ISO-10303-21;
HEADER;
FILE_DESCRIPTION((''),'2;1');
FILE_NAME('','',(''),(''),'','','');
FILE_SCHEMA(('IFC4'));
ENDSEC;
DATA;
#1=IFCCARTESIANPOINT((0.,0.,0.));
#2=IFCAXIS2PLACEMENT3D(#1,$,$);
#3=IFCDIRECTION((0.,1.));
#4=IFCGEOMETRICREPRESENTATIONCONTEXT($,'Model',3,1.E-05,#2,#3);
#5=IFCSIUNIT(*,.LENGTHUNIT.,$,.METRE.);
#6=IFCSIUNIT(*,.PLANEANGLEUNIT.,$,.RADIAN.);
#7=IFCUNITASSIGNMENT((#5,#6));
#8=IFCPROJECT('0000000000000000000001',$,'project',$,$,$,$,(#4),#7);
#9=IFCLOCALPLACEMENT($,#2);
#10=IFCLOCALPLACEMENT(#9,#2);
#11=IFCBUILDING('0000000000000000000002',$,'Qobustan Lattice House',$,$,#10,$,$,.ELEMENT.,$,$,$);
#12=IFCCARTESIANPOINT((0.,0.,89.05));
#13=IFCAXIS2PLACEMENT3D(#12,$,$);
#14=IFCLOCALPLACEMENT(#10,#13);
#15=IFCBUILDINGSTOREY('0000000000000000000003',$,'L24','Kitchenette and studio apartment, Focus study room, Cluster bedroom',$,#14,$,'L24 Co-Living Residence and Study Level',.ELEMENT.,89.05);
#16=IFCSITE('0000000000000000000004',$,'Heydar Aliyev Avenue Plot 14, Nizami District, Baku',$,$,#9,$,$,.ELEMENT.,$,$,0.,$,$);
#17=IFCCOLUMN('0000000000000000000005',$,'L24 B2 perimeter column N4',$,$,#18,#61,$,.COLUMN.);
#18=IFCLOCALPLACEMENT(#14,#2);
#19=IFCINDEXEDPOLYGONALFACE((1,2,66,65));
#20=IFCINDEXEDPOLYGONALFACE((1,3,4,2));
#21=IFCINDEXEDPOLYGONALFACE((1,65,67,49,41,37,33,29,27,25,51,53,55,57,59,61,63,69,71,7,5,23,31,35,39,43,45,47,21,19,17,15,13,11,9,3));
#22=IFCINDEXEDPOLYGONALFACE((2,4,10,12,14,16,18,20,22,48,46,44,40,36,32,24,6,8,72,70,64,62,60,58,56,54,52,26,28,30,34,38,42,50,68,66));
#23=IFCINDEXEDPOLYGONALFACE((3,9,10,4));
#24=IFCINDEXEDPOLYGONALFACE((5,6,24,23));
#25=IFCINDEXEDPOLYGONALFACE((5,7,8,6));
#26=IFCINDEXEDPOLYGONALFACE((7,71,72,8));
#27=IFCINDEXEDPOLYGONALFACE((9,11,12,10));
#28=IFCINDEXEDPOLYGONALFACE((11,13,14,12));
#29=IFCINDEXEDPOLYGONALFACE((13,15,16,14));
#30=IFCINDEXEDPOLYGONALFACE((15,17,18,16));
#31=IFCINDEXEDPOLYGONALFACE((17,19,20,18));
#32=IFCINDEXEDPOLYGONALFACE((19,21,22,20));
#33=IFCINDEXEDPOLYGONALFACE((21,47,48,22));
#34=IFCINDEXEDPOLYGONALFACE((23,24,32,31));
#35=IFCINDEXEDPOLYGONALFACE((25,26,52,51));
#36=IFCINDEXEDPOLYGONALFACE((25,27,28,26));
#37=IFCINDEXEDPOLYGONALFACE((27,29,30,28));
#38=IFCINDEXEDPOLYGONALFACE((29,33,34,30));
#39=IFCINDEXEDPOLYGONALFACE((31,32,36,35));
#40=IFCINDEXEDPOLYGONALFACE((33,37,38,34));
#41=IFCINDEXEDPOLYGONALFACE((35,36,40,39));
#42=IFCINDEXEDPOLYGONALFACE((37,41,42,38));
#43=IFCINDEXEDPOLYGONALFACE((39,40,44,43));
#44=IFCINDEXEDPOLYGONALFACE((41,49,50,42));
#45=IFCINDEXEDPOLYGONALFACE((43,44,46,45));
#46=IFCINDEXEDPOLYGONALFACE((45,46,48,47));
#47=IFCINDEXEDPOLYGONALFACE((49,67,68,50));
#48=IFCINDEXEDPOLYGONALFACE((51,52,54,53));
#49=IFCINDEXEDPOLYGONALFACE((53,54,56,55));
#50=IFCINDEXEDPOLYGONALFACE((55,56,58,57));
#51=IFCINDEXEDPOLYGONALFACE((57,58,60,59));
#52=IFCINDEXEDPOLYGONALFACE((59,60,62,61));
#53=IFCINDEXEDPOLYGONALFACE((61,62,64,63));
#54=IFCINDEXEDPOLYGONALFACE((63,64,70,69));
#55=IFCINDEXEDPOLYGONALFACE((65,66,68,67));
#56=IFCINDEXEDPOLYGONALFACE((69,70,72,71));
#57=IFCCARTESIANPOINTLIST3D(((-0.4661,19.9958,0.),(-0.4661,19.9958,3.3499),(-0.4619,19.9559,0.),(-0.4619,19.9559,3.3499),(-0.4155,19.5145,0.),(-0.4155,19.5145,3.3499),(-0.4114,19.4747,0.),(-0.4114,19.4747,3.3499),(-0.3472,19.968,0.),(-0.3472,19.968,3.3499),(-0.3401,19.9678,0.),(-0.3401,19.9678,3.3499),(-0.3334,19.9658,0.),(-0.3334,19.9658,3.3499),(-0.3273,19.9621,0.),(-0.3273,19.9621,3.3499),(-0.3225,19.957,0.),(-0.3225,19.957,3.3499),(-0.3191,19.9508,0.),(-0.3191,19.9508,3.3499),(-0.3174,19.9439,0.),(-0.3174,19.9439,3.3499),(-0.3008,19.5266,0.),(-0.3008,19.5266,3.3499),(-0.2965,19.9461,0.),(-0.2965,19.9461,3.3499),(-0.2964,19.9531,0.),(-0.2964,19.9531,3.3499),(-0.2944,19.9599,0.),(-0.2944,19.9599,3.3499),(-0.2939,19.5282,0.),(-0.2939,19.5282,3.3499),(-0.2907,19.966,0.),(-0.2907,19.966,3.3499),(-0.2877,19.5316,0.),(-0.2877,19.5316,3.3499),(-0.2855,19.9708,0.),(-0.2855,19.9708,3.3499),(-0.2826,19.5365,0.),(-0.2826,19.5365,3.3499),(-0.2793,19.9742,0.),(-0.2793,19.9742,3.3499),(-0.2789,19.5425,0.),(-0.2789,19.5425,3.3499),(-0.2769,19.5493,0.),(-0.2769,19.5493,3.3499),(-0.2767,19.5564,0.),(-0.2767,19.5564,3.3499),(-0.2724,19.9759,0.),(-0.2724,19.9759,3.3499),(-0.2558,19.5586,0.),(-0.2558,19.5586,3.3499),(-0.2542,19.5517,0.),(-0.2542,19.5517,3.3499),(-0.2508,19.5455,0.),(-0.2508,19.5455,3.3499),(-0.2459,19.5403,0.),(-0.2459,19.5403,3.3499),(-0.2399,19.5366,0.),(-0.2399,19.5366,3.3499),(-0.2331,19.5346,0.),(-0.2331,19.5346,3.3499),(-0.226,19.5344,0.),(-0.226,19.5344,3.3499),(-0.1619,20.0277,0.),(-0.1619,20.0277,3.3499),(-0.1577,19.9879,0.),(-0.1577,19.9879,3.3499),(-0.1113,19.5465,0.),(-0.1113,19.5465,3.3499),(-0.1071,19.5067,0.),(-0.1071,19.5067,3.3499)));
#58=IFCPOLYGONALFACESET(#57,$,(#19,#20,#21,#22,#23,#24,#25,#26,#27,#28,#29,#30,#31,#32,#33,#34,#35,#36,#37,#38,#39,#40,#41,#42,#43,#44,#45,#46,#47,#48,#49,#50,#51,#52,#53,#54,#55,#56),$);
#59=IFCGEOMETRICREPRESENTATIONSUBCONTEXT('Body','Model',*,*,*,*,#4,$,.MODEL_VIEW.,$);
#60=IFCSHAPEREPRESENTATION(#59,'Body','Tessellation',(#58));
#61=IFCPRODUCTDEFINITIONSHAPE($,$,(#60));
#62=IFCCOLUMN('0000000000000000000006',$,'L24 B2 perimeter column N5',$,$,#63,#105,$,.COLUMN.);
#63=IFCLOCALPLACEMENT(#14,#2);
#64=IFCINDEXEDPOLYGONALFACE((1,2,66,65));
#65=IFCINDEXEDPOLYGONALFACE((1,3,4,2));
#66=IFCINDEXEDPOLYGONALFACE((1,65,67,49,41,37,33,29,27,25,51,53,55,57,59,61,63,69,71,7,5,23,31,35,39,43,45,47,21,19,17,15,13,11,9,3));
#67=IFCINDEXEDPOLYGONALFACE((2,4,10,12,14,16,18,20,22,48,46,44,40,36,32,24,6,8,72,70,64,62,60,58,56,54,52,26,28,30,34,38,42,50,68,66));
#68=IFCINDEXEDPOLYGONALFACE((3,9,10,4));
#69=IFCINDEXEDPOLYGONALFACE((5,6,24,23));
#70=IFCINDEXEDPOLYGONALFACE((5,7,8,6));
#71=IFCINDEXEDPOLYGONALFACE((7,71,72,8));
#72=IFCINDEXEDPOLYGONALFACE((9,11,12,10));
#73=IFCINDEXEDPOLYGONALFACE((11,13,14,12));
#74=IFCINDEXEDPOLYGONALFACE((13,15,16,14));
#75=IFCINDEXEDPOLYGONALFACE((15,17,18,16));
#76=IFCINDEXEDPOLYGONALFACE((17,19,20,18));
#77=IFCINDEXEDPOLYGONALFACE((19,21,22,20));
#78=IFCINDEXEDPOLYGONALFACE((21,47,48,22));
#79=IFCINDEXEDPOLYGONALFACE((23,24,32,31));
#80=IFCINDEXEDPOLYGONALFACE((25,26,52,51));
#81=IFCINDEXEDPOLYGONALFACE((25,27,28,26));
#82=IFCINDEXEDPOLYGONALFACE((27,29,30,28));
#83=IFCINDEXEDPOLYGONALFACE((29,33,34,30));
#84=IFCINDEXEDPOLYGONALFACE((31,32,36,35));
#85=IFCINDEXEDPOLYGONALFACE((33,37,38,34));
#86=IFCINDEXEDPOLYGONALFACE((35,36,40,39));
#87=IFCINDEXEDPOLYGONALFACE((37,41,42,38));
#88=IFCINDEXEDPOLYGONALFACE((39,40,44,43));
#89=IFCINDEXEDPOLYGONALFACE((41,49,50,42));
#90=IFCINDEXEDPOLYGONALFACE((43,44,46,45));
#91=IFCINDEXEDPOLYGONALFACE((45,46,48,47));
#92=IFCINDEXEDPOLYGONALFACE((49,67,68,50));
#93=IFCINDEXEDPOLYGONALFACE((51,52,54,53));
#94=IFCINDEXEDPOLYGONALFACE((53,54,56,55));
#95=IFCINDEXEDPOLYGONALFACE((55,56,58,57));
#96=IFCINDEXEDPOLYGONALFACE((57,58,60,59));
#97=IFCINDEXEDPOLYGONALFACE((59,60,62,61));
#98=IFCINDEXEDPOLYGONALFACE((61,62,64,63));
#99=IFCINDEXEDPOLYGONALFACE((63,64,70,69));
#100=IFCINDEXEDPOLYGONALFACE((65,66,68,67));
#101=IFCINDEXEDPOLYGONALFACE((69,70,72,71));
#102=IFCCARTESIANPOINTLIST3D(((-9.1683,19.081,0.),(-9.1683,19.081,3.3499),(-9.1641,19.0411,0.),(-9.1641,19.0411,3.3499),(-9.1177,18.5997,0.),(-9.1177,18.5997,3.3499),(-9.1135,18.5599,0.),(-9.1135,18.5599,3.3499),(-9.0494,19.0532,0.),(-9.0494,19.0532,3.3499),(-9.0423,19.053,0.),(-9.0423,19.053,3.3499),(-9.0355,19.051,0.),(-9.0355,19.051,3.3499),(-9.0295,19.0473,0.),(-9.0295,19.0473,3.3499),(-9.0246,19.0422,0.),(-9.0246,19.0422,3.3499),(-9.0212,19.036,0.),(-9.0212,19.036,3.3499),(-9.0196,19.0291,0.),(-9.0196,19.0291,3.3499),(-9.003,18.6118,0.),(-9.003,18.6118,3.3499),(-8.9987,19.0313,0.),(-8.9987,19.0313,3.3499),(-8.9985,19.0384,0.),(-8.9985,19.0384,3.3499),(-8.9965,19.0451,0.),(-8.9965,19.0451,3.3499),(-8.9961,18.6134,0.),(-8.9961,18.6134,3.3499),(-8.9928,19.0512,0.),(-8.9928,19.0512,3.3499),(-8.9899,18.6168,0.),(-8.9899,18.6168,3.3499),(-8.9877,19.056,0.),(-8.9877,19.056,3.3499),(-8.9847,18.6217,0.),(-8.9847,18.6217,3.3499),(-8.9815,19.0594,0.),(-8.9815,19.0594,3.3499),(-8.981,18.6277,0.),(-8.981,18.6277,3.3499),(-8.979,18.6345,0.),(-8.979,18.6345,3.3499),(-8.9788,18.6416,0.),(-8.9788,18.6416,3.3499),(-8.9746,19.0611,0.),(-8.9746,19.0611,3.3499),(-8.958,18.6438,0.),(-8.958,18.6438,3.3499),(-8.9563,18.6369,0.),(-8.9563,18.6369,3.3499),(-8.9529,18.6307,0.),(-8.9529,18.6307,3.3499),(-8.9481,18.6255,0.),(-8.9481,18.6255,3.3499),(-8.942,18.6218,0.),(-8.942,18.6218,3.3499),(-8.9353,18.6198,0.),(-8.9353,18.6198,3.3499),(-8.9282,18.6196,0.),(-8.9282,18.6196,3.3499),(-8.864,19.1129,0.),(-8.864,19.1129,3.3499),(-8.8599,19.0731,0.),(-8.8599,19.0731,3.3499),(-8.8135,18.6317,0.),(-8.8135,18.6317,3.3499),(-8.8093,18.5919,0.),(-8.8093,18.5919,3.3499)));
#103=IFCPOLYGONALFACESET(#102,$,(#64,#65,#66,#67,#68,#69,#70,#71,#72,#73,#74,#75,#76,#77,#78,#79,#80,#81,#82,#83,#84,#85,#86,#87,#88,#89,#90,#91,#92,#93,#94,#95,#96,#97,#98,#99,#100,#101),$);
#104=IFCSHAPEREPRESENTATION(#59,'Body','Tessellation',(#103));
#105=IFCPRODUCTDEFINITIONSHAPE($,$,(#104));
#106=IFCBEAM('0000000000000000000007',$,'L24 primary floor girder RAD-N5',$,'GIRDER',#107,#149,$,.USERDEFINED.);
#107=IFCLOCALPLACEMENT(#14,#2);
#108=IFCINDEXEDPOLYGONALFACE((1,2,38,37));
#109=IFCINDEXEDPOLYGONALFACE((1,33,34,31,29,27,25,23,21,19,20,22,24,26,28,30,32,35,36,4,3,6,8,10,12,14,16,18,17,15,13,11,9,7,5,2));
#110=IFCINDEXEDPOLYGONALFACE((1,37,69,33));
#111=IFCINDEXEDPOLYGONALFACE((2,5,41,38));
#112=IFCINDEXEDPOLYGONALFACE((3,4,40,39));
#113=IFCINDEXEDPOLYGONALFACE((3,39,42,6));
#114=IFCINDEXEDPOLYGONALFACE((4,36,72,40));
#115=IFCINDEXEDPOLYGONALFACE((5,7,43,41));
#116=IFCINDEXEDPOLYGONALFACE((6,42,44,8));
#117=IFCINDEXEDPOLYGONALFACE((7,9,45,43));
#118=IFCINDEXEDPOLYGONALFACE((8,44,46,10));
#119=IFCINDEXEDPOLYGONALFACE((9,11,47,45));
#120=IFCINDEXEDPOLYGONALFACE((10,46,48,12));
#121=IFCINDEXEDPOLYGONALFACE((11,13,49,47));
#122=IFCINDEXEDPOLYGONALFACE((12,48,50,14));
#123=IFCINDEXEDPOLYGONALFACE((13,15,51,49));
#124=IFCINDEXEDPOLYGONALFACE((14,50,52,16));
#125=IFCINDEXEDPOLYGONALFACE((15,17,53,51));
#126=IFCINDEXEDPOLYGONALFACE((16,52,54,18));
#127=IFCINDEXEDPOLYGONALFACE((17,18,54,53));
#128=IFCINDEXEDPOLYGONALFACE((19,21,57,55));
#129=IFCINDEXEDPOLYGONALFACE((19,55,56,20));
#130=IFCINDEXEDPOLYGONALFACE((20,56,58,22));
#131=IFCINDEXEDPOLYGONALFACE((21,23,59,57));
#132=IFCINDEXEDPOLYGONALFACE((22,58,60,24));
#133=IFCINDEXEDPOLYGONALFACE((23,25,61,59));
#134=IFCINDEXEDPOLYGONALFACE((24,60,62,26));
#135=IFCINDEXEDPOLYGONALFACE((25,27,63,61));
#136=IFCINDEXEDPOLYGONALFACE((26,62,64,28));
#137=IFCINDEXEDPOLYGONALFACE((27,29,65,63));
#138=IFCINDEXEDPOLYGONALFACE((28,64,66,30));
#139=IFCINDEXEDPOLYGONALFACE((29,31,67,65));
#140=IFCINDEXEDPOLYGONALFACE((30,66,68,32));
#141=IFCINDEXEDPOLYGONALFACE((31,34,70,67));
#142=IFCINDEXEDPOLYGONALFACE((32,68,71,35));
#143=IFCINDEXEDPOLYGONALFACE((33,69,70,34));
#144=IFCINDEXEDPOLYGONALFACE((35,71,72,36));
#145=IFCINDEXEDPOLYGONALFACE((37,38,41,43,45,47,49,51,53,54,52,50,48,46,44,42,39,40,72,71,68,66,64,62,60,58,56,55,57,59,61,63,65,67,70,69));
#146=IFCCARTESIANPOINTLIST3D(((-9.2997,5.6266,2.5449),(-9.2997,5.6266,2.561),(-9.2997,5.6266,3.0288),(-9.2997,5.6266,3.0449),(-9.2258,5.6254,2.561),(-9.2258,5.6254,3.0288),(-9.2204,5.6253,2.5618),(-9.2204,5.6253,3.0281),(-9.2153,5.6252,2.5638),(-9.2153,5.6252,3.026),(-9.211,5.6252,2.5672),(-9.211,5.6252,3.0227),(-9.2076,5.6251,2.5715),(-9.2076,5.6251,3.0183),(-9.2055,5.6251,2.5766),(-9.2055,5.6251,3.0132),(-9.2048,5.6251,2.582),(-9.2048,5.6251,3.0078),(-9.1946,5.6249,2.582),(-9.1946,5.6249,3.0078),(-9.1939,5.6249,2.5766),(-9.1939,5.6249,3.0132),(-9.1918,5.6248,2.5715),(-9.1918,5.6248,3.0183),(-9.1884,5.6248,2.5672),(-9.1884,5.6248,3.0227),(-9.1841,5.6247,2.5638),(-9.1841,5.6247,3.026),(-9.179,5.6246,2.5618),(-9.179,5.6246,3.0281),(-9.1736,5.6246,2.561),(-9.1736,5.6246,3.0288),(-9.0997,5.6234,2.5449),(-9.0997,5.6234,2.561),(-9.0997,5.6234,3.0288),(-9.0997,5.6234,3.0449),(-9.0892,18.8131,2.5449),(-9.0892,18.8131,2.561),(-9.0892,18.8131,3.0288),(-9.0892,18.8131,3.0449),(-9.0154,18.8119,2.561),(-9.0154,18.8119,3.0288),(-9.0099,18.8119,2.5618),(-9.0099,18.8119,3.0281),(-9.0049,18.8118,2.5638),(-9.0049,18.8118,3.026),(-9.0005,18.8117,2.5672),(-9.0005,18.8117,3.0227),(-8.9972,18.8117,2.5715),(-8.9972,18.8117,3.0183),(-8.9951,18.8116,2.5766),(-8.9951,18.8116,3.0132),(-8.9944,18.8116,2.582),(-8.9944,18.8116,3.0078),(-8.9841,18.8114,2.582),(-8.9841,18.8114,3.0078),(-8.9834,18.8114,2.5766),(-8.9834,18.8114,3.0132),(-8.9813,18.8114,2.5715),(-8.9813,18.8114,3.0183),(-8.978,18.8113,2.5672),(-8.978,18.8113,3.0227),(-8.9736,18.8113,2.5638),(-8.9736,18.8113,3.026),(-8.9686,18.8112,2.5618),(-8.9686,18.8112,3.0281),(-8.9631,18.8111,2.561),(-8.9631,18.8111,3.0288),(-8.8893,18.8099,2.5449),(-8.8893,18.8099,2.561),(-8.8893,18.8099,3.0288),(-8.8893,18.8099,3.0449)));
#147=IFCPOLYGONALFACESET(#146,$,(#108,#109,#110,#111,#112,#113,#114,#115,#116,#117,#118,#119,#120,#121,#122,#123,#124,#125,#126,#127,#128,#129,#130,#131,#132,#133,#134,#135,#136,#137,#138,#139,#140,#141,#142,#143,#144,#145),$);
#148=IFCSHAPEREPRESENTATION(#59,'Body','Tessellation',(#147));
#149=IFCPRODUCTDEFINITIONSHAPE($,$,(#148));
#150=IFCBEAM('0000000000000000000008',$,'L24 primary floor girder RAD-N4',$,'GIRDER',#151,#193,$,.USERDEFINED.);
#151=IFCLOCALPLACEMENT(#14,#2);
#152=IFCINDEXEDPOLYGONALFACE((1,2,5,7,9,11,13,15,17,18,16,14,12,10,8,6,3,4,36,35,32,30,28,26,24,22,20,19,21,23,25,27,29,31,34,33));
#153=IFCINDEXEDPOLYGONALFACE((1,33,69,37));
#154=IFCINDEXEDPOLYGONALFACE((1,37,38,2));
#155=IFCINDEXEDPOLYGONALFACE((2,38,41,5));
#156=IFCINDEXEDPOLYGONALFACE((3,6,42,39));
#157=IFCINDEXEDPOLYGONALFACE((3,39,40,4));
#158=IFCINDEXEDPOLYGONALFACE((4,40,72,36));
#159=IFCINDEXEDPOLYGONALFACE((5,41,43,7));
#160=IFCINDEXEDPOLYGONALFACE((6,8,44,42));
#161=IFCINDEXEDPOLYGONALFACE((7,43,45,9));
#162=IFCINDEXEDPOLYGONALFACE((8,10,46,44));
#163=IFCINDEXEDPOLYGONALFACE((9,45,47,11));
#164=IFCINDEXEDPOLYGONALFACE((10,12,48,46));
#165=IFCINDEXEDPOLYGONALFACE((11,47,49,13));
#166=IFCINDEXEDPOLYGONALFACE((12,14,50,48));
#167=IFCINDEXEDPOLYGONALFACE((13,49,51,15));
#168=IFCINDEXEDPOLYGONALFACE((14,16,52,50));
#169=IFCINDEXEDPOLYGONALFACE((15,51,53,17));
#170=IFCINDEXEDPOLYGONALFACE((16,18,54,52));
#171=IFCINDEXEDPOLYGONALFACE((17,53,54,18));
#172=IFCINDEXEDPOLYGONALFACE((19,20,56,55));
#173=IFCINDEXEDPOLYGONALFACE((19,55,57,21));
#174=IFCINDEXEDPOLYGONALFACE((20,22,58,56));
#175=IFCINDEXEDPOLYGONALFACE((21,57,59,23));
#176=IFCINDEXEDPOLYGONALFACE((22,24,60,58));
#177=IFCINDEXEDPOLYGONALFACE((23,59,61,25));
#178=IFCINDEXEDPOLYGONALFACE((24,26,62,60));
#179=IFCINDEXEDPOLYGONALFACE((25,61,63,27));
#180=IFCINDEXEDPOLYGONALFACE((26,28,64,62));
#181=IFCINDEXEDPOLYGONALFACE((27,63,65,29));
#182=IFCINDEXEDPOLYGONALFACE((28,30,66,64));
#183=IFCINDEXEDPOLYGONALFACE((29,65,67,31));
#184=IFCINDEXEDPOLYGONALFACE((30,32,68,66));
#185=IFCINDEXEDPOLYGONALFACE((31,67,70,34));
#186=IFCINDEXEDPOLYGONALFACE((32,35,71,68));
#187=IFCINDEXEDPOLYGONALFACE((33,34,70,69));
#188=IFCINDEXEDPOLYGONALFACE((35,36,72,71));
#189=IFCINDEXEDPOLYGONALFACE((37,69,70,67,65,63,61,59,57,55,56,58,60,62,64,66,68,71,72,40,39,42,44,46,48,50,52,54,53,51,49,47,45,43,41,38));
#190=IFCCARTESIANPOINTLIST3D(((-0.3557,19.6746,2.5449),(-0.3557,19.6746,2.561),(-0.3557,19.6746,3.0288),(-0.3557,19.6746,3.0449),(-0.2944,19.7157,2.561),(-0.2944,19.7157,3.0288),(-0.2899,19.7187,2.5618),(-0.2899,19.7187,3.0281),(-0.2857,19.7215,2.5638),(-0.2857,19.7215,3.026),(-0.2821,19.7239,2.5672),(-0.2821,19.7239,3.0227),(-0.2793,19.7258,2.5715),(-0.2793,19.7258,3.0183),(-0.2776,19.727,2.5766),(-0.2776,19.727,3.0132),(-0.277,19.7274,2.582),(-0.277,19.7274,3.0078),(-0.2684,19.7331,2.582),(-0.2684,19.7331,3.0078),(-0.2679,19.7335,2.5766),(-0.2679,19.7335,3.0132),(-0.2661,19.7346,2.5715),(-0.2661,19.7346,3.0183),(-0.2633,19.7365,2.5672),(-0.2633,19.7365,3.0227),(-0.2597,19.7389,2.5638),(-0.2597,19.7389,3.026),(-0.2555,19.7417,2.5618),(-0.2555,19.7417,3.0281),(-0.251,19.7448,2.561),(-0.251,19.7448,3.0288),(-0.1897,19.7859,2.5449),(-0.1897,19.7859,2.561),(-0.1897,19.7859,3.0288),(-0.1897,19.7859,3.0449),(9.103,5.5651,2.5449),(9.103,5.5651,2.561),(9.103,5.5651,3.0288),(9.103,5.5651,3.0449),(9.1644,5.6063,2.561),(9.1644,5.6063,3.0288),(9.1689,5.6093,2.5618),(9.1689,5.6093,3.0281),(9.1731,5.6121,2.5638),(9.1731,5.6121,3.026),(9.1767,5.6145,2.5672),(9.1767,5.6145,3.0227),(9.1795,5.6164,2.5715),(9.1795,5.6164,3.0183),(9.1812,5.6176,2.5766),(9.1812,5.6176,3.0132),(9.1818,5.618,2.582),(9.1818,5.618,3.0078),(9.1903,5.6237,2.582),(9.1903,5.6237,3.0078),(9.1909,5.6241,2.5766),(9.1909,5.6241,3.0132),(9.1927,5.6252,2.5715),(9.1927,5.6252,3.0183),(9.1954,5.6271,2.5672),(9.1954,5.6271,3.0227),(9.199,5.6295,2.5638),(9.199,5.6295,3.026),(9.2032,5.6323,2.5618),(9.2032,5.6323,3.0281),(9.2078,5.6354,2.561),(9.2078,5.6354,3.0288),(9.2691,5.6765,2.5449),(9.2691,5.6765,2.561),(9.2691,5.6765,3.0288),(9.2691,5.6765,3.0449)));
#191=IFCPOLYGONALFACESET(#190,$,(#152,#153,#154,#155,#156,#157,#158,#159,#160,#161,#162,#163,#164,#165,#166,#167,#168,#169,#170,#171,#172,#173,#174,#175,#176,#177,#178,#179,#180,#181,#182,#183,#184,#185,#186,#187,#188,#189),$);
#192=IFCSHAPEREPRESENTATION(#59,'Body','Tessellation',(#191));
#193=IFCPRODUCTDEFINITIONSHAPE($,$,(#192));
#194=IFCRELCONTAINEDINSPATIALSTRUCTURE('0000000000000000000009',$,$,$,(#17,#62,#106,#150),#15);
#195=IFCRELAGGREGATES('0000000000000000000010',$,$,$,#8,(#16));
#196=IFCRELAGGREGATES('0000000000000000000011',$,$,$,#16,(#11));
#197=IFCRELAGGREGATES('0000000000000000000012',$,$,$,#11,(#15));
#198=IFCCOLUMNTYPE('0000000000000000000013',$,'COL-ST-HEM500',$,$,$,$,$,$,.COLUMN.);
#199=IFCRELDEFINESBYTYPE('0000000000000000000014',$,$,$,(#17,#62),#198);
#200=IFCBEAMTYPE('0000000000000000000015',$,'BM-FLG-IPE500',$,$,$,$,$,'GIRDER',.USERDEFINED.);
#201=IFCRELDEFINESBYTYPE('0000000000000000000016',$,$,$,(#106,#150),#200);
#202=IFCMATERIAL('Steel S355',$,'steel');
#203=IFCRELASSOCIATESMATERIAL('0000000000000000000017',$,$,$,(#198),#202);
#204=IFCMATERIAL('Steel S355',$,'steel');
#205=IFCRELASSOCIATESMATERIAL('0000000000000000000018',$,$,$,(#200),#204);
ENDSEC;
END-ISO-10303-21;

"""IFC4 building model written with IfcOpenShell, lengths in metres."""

from ifc_helpers import new_model, si_unit, direction, frame, origin, origin_2d, place, context, subcontext, project, spatial, i_section, extrude, material, material_profile, profile_set, type_object, element, save


model = new_model("IFC4")

# Units and contexts
model_context = context("Model", 3, precision=1e-05, world=origin(), true_north=direction((0.0, 1.0)))
body_context = subcontext(model_context, "Body", "Model", "MODEL_VIEW")
ifc_project = project(units=[si_unit("LENGTHUNIT", "METRE"), si_unit("PLANEANGLEUNIT", "RADIAN")], contexts=[model_context])

# Site, building, storey
site_placement = place(None, origin())
site = spatial("IfcSite", under=ifc_project, at=site_placement, Name="Heydar Aliyev Avenue Plot 14, Nizami District, Baku", CompositionType="ELEMENT", RefElevation=0.0)
building_placement = place(site_placement, origin())
building = spatial("IfcBuilding", under=site, at=building_placement, Name="Qobustan Lattice House", CompositionType="ELEMENT")
storey_placement = place(building_placement, frame((0.0, 0.0, 89.05)))
storey = spatial("IfcBuildingStorey", under=building, at=storey_placement, Name="L24", Description="Kitchenette and studio apartment, Focus study room, Cluster bedroom", LongName="L24 Co-Living Residence and Study Level", CompositionType="ELEMENT", Elevation=89.05)

# Columns
ifc_material_1 = material(Name="Steel S355", Category="steel")
ifc_material_profile_1 = material_profile(ifc_material_1, i_section(OverallWidth=0.3059, OverallDepth=0.5239, WebThickness=0.021, FlangeThickness=0.04, FilletRadius=0.0271, at=origin_2d()), Name="HEM500")
ifc_profile_set_1 = profile_set([ifc_material_profile_1], Name="Steel S355")
column_type = type_object("IfcColumnType", Name="COL-ST-HEM500", PredefinedType="COLUMN", material=ifc_profile_set_1)
for number, where, z_axis, x_axis, name in (
    (1, (-0.2866, 19.7512, 0.0), (0.0, 0.0, 1.0), (0.994522, 0.104528, 0.0), "L24 B2 perimeter column N4"),
    (2, (-8.9888, 18.8364, 0.0), (0.0, 0.0, 1.0), (0.994522, 0.104528, 0.0), "L24 B2 perimeter column N5"),
):
    element("IfcColumn", number, at=place(storey_placement, frame(where, z_axis=z_axis, x_axis=x_axis)), inside=storey, type_object=column_type, Name=name, PredefinedType="COLUMN", context=body_context, shape_type="SweptSolid", body=[
        extrude(i_section(OverallWidth=0.3059, OverallDepth=0.5239, WebThickness=0.021, FlangeThickness=0.04, FilletRadius=0.0271, at=origin_2d()), origin(), (0.0, 0.0, 1.0), 3.3499),
    ])

# Beams
ifc_material_2 = material(Name="Steel S355", Category="steel")
ifc_material_profile_2 = material_profile(ifc_material_2, i_section(OverallWidth=0.2, OverallDepth=0.5, WebThickness=0.0103, FlangeThickness=0.0161, FilletRadius=0.021, at=origin_2d()), Name="IPE500")
ifc_profile_set_2 = profile_set([ifc_material_profile_2], Name="Steel S355")
beam_type_1 = type_object("IfcBeamType", Name="BM-FLG-IPE500", ElementType="GIRDER", PredefinedType="USERDEFINED", material=ifc_profile_set_2)
beam_1_placement = place(storey_placement, frame((-8.9893, 18.8115, 2.7949), z_axis=(-0.015957, -0.999873, 0.0), x_axis=(0.999873, -0.015957, 0.0)))
element("IfcBeam", 3, at=beam_1_placement, inside=storey, type_object=beam_type_1, Name="L24 primary floor girder RAD-N5", ObjectType="GIRDER", PredefinedType="USERDEFINED", context=body_context, shape_type="SweptSolid", body=[
    extrude(i_section(OverallWidth=0.2, OverallDepth=0.5, WebThickness=0.0103, FlangeThickness=0.0161, FilletRadius=0.021, at=origin_2d()), origin(), (0.0, 0.0, 1.0), 13.1882),
])
beam_2_placement = place(storey_placement, frame((-0.2727, 19.7302, 2.7949), z_axis=(0.556838, -0.830621, 0.0), x_axis=(0.830621, 0.556838, 0.0)))
element("IfcBeam", 4, at=beam_2_placement, inside=storey, type_object=beam_type_1, Name="L24 primary floor girder RAD-N4", ObjectType="GIRDER", PredefinedType="USERDEFINED", context=body_context, shape_type="SweptSolid", body=[
    extrude(i_section(OverallWidth=0.2, OverallDepth=0.5, WebThickness=0.0103, FlangeThickness=0.0161, FilletRadius=0.021, at=origin_2d()), origin(), (0.0, 0.0, 1.0), 16.9866),
])

save(model, "model.ifc")
